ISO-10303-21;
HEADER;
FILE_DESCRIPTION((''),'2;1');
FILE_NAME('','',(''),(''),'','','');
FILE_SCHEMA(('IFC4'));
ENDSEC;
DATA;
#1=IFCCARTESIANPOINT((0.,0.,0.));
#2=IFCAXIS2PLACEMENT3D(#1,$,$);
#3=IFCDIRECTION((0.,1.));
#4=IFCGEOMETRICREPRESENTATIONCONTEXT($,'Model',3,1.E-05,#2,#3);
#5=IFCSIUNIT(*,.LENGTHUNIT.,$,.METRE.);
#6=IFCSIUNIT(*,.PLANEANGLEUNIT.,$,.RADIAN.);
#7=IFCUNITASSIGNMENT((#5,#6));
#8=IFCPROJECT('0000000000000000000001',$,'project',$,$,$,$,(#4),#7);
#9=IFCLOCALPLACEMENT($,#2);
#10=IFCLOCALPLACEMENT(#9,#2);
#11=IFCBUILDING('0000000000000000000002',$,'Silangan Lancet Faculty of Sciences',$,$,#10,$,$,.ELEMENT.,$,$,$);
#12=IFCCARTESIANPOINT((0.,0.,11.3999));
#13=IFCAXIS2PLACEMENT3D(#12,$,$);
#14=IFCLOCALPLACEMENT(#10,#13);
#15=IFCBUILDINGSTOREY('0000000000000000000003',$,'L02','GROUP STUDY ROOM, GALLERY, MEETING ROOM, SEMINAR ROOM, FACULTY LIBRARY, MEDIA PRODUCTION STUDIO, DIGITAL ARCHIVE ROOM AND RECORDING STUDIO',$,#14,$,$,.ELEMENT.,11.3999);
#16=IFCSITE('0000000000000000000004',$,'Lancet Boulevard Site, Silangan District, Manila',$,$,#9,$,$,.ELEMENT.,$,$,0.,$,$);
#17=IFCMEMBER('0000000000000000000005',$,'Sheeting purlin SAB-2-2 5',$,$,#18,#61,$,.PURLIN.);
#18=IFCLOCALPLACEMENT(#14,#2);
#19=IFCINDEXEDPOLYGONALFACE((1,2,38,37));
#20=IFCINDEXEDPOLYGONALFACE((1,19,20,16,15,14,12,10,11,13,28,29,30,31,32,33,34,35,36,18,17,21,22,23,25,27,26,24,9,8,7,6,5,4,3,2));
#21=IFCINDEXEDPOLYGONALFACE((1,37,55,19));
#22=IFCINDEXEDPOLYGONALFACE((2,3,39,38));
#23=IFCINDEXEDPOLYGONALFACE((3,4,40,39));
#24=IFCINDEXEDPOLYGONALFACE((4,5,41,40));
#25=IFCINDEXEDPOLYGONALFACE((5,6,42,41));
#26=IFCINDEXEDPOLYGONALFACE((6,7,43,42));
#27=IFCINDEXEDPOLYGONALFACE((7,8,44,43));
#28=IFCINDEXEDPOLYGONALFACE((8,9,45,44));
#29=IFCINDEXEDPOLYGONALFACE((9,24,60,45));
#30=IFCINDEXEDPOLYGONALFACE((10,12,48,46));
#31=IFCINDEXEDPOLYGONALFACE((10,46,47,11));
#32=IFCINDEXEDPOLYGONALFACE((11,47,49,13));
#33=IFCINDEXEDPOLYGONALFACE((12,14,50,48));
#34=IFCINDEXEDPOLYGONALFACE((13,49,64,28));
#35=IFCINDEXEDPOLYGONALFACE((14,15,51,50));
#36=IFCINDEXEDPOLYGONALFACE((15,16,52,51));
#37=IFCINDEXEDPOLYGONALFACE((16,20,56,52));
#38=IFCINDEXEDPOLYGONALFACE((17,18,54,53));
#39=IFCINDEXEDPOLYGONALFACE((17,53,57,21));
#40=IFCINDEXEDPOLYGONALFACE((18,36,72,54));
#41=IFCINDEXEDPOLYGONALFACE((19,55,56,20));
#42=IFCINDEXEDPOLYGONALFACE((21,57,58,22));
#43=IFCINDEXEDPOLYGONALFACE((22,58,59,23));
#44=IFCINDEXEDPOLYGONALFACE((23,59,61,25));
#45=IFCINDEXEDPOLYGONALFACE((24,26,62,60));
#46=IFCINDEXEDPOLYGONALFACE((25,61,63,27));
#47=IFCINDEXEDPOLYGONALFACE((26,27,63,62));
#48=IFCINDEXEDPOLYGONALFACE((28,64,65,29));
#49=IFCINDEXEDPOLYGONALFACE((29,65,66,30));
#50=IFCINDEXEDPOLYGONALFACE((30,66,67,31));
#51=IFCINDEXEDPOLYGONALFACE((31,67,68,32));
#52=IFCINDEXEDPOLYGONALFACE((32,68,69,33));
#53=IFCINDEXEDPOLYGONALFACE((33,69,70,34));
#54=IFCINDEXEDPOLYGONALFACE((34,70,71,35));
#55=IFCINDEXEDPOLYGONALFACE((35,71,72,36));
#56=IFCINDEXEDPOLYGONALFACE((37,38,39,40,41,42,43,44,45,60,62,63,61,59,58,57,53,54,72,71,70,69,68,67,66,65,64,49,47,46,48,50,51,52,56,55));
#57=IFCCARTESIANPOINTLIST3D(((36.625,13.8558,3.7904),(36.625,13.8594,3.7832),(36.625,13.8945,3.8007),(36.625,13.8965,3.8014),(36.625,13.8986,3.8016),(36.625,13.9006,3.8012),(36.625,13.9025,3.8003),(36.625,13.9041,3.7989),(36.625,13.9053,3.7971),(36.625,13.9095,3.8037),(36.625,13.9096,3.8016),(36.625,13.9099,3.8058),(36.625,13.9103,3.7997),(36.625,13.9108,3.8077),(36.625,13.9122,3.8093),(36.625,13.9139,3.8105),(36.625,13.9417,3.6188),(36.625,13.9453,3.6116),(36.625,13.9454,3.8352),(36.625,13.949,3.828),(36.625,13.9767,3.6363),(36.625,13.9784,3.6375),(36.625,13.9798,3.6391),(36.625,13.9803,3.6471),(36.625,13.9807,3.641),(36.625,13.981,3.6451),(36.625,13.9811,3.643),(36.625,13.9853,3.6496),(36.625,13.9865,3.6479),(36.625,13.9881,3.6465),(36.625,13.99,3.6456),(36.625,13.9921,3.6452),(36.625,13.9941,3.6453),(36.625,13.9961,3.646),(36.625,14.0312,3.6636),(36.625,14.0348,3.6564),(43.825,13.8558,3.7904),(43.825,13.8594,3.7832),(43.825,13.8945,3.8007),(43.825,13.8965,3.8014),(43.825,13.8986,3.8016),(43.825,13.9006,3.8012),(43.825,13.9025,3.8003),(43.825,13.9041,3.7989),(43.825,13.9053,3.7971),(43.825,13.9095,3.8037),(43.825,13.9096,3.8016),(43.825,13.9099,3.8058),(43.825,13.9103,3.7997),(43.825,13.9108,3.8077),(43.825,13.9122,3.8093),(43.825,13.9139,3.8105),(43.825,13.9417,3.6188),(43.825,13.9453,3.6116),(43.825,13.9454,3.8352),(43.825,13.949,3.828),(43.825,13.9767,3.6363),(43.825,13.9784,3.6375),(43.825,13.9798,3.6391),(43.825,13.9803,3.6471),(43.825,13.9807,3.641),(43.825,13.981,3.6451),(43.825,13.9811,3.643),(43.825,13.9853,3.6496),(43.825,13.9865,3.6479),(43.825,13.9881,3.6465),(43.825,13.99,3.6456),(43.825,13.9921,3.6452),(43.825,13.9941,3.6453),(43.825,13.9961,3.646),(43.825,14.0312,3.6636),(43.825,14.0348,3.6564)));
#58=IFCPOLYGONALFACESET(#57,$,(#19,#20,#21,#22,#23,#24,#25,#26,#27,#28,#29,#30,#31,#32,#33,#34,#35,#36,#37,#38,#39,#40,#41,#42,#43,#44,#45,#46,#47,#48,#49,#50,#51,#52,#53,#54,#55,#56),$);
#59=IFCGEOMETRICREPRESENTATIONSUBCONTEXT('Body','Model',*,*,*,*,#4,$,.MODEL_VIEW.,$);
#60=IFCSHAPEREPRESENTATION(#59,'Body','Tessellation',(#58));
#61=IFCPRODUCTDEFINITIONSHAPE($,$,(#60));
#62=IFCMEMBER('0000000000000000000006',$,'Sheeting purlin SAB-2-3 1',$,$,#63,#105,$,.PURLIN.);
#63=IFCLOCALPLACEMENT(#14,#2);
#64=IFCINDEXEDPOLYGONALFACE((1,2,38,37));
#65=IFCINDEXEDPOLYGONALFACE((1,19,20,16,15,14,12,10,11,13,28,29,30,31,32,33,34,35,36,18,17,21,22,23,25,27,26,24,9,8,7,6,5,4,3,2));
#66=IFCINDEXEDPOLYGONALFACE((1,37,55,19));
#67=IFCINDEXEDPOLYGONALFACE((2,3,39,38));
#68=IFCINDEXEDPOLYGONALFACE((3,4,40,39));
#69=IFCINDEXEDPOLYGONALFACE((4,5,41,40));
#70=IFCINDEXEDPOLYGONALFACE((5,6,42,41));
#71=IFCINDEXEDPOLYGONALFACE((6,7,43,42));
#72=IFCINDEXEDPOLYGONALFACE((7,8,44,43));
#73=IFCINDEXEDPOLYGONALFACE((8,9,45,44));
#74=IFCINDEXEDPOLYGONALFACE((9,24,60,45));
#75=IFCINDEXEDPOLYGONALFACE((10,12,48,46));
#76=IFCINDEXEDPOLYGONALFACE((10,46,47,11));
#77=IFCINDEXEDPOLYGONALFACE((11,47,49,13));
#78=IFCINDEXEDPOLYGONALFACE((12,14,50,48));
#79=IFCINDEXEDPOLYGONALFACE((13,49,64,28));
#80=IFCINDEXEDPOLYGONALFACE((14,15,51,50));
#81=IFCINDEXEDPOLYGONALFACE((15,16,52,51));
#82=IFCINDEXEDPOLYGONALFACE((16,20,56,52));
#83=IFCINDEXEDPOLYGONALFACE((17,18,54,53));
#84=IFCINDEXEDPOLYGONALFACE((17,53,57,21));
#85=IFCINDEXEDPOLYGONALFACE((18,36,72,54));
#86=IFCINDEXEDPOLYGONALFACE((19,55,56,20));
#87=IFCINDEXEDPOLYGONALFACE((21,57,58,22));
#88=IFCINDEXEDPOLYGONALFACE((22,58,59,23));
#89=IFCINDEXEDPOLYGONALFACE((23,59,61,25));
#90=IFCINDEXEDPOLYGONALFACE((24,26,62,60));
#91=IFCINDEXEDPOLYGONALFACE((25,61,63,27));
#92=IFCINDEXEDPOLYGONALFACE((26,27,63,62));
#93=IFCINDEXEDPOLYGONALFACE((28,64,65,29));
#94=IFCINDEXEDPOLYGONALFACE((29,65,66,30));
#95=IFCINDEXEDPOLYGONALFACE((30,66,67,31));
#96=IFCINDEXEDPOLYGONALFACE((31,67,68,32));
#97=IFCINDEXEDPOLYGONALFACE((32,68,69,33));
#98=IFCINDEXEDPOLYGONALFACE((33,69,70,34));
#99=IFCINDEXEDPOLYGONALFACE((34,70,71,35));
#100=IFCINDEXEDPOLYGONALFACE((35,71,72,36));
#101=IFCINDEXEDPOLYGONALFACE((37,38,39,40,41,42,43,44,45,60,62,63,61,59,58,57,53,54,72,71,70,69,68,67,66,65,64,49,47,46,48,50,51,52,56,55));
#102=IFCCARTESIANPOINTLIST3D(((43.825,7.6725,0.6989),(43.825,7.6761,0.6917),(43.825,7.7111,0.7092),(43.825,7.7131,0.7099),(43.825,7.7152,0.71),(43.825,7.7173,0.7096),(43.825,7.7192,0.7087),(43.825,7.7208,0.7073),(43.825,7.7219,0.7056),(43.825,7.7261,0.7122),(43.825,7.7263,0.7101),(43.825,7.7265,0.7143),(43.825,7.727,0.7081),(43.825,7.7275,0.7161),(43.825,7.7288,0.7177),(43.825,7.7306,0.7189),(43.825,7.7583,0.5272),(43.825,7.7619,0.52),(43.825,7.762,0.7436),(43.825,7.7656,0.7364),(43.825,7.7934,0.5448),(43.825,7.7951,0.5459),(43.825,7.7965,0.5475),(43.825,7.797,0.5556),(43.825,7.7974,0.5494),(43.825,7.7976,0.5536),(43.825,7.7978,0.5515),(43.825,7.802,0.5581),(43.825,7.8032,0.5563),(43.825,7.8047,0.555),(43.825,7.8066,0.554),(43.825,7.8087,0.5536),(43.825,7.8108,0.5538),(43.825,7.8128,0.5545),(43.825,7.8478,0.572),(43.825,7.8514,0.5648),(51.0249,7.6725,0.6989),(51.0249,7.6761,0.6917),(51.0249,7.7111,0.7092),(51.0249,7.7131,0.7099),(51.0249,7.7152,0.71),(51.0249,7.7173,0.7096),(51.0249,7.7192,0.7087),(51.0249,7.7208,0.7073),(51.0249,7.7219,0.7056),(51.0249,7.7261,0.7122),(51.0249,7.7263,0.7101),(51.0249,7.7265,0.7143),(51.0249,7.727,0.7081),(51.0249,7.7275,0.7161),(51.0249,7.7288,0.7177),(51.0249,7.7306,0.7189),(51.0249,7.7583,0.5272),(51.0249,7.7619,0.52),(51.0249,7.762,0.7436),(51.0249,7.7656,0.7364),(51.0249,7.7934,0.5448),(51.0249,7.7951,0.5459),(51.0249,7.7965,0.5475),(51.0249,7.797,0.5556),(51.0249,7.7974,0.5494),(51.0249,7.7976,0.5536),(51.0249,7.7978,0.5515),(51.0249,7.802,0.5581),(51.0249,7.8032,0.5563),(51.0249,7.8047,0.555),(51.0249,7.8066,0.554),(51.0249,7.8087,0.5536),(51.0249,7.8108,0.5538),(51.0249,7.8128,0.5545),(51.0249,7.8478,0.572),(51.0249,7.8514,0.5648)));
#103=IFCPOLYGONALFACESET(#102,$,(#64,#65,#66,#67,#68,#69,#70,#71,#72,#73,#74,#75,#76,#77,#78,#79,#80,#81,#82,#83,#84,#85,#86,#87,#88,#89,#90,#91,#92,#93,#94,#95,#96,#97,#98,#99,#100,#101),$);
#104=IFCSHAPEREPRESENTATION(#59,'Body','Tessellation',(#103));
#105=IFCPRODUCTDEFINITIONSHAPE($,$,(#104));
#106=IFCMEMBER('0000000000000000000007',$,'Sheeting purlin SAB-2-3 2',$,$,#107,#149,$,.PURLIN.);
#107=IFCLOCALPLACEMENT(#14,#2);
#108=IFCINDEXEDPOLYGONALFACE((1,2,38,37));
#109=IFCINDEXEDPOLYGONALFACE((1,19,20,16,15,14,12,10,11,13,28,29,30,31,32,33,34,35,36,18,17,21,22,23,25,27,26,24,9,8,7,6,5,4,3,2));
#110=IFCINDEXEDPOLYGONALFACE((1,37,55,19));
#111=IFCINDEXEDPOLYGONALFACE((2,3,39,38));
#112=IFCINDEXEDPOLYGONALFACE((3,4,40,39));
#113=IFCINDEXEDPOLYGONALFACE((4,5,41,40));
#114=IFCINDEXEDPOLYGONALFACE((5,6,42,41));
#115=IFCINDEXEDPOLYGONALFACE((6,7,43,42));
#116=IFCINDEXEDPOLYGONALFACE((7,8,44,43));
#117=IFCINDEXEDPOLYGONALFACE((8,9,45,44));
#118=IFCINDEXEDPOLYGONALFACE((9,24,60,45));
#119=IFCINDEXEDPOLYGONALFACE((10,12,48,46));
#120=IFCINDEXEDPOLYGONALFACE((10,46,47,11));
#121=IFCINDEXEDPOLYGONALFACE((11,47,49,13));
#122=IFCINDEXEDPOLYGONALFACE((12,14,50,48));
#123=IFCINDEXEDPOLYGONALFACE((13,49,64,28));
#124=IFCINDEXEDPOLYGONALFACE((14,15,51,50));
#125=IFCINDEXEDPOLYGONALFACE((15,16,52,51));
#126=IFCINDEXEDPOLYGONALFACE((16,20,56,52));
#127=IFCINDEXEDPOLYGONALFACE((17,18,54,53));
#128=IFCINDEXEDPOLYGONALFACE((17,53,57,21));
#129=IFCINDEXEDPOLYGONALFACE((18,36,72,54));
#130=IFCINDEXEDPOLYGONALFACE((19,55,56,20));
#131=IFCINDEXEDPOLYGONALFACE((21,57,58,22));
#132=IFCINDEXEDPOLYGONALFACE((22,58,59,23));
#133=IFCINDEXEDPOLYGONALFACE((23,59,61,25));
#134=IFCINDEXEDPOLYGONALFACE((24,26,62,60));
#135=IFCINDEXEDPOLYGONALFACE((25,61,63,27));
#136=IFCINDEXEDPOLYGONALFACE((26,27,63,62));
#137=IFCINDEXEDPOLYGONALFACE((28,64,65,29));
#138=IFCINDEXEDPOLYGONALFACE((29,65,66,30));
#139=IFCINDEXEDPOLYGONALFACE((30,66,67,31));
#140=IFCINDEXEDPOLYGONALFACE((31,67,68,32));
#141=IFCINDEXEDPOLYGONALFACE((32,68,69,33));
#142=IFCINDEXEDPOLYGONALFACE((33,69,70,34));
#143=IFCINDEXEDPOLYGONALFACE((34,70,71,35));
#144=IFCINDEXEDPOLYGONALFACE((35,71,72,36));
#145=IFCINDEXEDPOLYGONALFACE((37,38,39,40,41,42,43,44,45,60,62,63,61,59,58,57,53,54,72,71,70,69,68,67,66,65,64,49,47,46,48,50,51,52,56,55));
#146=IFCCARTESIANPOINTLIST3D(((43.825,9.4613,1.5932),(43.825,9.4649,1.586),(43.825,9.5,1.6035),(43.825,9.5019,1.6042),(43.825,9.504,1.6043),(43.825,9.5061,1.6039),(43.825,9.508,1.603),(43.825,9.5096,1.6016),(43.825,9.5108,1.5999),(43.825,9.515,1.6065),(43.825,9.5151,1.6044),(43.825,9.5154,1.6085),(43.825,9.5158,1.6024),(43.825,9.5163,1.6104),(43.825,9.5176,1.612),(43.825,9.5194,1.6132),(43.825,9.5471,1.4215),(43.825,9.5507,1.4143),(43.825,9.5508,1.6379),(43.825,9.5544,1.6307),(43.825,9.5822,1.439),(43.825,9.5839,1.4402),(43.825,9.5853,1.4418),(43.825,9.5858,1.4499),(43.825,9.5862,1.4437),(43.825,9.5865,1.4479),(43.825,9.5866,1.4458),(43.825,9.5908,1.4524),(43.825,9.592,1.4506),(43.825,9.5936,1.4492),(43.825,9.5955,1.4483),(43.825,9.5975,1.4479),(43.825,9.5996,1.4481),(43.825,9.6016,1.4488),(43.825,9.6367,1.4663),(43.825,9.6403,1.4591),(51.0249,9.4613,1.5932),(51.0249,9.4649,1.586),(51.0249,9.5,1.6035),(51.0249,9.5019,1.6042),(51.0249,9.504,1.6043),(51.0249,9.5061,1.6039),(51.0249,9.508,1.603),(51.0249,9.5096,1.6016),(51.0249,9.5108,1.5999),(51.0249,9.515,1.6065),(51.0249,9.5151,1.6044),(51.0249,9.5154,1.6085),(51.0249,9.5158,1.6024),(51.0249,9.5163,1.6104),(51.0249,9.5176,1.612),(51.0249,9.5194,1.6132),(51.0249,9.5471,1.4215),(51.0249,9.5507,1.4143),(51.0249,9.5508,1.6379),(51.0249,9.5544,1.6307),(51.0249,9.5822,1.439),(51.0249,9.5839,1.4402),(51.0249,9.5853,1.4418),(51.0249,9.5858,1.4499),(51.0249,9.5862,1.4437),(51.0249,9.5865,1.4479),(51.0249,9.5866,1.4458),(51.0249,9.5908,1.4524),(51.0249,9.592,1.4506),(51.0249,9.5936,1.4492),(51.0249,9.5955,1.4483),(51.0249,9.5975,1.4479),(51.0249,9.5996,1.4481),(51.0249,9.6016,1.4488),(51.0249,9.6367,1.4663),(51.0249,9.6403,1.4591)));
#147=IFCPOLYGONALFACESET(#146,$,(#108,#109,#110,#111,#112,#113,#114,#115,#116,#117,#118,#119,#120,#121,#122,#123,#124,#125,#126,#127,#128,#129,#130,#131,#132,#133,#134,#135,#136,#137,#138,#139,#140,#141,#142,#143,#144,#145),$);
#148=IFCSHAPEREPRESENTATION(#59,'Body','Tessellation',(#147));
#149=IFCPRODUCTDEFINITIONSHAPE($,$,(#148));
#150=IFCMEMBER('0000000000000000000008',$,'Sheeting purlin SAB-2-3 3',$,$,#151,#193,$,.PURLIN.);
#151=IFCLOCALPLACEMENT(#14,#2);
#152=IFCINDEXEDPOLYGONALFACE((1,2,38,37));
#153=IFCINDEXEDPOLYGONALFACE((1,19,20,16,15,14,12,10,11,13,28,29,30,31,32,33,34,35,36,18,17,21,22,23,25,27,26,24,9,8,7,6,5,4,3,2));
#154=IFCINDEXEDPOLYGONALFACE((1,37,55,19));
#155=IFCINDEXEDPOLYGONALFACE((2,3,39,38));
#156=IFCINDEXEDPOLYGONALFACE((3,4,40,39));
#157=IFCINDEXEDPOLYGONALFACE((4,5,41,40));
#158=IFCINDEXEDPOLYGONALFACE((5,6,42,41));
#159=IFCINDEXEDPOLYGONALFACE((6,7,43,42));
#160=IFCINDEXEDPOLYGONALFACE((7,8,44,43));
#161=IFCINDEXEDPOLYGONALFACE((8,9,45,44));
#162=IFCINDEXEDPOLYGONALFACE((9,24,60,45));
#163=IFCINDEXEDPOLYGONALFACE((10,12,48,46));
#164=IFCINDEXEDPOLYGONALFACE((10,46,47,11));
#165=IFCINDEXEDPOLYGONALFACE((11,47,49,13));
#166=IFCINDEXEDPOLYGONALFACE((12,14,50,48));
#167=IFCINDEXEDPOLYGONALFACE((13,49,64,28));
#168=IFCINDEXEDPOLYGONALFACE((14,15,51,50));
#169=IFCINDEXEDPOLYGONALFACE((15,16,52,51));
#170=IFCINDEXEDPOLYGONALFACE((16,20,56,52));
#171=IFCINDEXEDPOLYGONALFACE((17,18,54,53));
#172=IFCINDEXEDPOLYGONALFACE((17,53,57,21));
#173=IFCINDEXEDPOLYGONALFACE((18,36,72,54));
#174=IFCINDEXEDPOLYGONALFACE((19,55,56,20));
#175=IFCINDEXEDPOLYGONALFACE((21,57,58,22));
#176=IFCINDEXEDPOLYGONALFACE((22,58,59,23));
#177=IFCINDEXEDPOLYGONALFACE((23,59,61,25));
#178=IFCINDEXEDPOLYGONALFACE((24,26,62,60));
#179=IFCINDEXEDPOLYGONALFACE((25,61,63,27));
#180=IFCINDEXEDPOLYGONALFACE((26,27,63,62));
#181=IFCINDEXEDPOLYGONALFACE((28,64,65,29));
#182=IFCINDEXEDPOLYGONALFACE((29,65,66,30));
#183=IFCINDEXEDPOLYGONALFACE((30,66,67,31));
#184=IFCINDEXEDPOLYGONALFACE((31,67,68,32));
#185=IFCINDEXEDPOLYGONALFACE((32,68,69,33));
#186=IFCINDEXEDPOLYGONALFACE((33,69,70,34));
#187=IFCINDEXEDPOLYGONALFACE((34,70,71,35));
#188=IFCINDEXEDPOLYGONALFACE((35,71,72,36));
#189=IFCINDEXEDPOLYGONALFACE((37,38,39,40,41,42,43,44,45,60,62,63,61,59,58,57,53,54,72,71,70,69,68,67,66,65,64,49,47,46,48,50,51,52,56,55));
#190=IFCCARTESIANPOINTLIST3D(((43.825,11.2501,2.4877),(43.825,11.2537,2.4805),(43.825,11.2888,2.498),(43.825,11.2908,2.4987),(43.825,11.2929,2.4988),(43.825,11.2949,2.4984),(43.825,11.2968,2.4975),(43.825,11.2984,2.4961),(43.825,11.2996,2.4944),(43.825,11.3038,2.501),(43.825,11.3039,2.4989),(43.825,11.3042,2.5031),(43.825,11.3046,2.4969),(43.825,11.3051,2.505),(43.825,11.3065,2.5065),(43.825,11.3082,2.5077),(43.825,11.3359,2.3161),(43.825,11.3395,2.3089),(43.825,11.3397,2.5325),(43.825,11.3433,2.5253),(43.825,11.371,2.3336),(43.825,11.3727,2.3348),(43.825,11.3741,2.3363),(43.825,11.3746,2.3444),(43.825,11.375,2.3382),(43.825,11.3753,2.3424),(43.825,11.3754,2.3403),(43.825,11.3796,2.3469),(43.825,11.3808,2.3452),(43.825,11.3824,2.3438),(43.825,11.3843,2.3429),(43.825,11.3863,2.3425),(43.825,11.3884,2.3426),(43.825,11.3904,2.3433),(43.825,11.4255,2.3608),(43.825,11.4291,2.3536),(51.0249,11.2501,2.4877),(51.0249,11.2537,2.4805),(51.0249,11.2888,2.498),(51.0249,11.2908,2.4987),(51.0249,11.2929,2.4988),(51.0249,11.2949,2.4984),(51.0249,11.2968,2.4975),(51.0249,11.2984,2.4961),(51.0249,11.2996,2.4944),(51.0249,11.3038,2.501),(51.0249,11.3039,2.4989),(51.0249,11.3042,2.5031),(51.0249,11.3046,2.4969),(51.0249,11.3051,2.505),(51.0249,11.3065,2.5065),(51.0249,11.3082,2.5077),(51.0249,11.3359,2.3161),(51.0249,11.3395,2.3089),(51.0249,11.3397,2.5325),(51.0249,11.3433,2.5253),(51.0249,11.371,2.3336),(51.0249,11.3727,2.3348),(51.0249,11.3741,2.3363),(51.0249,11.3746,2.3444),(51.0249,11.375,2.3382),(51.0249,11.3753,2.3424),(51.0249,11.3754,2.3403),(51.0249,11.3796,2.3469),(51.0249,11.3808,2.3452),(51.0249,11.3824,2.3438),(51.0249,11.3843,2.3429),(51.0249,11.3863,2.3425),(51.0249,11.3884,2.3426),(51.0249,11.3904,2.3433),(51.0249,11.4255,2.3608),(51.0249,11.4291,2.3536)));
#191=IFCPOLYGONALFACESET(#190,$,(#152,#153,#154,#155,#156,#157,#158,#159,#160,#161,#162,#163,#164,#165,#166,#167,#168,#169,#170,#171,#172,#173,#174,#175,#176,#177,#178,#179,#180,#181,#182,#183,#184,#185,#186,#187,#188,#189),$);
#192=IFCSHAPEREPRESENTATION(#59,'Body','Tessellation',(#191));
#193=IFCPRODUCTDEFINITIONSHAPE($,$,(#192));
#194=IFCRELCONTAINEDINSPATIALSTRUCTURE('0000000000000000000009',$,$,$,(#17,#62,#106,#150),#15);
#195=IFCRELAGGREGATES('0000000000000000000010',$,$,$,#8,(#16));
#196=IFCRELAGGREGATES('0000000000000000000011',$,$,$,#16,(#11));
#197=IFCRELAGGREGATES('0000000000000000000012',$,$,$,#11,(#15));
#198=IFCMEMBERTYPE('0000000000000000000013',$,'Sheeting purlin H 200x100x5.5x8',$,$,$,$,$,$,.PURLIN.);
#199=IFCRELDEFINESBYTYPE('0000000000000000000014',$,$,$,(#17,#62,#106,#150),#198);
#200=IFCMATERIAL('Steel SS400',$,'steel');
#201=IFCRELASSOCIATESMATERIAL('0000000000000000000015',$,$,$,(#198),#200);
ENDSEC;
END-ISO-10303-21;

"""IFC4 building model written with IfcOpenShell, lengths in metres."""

from ifc_helpers import new_model, si_unit, direction, frame, origin, origin_2d, place, context, subcontext, project, spatial, i_section, extrude, material, material_profile, profile_set, type_object, element, save


model = new_model("IFC4")

# Units and contexts
model_context = context("Model", 3, precision=1e-05, world=origin(), true_north=direction((0.0, 1.0)))
body_context = subcontext(model_context, "Body", "Model", "MODEL_VIEW")
ifc_project = project(units=[si_unit("LENGTHUNIT", "METRE"), si_unit("PLANEANGLEUNIT", "RADIAN")], contexts=[model_context])

# Site, building, storey
site_placement = place(None, origin())
site = spatial("IfcSite", under=ifc_project, at=site_placement, Name="Lancet Boulevard Site, Silangan District, Manila", CompositionType="ELEMENT", RefElevation=0.0)
building_placement = place(site_placement, origin())
building = spatial("IfcBuilding", under=site, at=building_placement, Name="Silangan Lancet Faculty of Sciences", CompositionType="ELEMENT")
storey_placement = place(building_placement, frame((0.0, 0.0, 11.3999)))
storey = spatial("IfcBuildingStorey", under=building, at=storey_placement, Name="L02", Description="GROUP STUDY ROOM, GALLERY, MEETING ROOM, SEMINAR ROOM, FACULTY LIBRARY, MEDIA PRODUCTION STUDIO, DIGITAL ARCHIVE ROOM AND RECORDING STUDIO", CompositionType="ELEMENT", Elevation=11.3999)

# Members
ifc_material_1 = material(Name="Steel SS400", Category="steel")
ifc_material_profile_1 = material_profile(ifc_material_1, i_section(OverallWidth=0.1001, OverallDepth=0.2, WebThickness=0.0056, FlangeThickness=0.0081, FilletRadius=0.0081, at=origin_2d()), Name="H 200x100x5.5x8")
ifc_profile_set_1 = profile_set([ifc_material_profile_1], Name="Steel SS400")
member_type_1 = type_object("IfcMemberType", Name="Sheeting purlin H 200x100x5.5x8", PredefinedType="PURLIN", material=ifc_profile_set_1)
for number, where, z_axis, x_axis, name in (
    (1, (36.625, 13.9453, 3.7234), (1.0, 0.0, 0.0), (0.0, 0.894427, 0.447214), "Sheeting purlin SAB-2-2 5"),
    (2, (43.825, 7.762, 0.6318), (1.0, 0.0, 0.0), (0.0, 0.894427, 0.447214), "Sheeting purlin SAB-2-3 1"),
    (3, (43.825, 9.5508, 1.5261), (1.0, 0.0, 0.0), (0.0, 0.894427, 0.447214), "Sheeting purlin SAB-2-3 2"),
    (4, (43.825, 11.3396, 2.4207), (1.0, 0.0, 0.0), (0.0, 0.894427, 0.447214), "Sheeting purlin SAB-2-3 3"),
):
    element("IfcMember", number, at=place(storey_placement, frame(where, z_axis=z_axis, x_axis=x_axis)), inside=storey, type_object=member_type_1, Name=name, PredefinedType="PURLIN", context=body_context, shape_type="SweptSolid", body=[
        extrude(i_section(OverallWidth=0.1001, OverallDepth=0.2, WebThickness=0.0056, FlangeThickness=0.0081, FilletRadius=0.0081, at=origin_2d()), origin(), (0.0, 0.0, 1.0), 7.2),
    ])

save(model, "model.ifc")
